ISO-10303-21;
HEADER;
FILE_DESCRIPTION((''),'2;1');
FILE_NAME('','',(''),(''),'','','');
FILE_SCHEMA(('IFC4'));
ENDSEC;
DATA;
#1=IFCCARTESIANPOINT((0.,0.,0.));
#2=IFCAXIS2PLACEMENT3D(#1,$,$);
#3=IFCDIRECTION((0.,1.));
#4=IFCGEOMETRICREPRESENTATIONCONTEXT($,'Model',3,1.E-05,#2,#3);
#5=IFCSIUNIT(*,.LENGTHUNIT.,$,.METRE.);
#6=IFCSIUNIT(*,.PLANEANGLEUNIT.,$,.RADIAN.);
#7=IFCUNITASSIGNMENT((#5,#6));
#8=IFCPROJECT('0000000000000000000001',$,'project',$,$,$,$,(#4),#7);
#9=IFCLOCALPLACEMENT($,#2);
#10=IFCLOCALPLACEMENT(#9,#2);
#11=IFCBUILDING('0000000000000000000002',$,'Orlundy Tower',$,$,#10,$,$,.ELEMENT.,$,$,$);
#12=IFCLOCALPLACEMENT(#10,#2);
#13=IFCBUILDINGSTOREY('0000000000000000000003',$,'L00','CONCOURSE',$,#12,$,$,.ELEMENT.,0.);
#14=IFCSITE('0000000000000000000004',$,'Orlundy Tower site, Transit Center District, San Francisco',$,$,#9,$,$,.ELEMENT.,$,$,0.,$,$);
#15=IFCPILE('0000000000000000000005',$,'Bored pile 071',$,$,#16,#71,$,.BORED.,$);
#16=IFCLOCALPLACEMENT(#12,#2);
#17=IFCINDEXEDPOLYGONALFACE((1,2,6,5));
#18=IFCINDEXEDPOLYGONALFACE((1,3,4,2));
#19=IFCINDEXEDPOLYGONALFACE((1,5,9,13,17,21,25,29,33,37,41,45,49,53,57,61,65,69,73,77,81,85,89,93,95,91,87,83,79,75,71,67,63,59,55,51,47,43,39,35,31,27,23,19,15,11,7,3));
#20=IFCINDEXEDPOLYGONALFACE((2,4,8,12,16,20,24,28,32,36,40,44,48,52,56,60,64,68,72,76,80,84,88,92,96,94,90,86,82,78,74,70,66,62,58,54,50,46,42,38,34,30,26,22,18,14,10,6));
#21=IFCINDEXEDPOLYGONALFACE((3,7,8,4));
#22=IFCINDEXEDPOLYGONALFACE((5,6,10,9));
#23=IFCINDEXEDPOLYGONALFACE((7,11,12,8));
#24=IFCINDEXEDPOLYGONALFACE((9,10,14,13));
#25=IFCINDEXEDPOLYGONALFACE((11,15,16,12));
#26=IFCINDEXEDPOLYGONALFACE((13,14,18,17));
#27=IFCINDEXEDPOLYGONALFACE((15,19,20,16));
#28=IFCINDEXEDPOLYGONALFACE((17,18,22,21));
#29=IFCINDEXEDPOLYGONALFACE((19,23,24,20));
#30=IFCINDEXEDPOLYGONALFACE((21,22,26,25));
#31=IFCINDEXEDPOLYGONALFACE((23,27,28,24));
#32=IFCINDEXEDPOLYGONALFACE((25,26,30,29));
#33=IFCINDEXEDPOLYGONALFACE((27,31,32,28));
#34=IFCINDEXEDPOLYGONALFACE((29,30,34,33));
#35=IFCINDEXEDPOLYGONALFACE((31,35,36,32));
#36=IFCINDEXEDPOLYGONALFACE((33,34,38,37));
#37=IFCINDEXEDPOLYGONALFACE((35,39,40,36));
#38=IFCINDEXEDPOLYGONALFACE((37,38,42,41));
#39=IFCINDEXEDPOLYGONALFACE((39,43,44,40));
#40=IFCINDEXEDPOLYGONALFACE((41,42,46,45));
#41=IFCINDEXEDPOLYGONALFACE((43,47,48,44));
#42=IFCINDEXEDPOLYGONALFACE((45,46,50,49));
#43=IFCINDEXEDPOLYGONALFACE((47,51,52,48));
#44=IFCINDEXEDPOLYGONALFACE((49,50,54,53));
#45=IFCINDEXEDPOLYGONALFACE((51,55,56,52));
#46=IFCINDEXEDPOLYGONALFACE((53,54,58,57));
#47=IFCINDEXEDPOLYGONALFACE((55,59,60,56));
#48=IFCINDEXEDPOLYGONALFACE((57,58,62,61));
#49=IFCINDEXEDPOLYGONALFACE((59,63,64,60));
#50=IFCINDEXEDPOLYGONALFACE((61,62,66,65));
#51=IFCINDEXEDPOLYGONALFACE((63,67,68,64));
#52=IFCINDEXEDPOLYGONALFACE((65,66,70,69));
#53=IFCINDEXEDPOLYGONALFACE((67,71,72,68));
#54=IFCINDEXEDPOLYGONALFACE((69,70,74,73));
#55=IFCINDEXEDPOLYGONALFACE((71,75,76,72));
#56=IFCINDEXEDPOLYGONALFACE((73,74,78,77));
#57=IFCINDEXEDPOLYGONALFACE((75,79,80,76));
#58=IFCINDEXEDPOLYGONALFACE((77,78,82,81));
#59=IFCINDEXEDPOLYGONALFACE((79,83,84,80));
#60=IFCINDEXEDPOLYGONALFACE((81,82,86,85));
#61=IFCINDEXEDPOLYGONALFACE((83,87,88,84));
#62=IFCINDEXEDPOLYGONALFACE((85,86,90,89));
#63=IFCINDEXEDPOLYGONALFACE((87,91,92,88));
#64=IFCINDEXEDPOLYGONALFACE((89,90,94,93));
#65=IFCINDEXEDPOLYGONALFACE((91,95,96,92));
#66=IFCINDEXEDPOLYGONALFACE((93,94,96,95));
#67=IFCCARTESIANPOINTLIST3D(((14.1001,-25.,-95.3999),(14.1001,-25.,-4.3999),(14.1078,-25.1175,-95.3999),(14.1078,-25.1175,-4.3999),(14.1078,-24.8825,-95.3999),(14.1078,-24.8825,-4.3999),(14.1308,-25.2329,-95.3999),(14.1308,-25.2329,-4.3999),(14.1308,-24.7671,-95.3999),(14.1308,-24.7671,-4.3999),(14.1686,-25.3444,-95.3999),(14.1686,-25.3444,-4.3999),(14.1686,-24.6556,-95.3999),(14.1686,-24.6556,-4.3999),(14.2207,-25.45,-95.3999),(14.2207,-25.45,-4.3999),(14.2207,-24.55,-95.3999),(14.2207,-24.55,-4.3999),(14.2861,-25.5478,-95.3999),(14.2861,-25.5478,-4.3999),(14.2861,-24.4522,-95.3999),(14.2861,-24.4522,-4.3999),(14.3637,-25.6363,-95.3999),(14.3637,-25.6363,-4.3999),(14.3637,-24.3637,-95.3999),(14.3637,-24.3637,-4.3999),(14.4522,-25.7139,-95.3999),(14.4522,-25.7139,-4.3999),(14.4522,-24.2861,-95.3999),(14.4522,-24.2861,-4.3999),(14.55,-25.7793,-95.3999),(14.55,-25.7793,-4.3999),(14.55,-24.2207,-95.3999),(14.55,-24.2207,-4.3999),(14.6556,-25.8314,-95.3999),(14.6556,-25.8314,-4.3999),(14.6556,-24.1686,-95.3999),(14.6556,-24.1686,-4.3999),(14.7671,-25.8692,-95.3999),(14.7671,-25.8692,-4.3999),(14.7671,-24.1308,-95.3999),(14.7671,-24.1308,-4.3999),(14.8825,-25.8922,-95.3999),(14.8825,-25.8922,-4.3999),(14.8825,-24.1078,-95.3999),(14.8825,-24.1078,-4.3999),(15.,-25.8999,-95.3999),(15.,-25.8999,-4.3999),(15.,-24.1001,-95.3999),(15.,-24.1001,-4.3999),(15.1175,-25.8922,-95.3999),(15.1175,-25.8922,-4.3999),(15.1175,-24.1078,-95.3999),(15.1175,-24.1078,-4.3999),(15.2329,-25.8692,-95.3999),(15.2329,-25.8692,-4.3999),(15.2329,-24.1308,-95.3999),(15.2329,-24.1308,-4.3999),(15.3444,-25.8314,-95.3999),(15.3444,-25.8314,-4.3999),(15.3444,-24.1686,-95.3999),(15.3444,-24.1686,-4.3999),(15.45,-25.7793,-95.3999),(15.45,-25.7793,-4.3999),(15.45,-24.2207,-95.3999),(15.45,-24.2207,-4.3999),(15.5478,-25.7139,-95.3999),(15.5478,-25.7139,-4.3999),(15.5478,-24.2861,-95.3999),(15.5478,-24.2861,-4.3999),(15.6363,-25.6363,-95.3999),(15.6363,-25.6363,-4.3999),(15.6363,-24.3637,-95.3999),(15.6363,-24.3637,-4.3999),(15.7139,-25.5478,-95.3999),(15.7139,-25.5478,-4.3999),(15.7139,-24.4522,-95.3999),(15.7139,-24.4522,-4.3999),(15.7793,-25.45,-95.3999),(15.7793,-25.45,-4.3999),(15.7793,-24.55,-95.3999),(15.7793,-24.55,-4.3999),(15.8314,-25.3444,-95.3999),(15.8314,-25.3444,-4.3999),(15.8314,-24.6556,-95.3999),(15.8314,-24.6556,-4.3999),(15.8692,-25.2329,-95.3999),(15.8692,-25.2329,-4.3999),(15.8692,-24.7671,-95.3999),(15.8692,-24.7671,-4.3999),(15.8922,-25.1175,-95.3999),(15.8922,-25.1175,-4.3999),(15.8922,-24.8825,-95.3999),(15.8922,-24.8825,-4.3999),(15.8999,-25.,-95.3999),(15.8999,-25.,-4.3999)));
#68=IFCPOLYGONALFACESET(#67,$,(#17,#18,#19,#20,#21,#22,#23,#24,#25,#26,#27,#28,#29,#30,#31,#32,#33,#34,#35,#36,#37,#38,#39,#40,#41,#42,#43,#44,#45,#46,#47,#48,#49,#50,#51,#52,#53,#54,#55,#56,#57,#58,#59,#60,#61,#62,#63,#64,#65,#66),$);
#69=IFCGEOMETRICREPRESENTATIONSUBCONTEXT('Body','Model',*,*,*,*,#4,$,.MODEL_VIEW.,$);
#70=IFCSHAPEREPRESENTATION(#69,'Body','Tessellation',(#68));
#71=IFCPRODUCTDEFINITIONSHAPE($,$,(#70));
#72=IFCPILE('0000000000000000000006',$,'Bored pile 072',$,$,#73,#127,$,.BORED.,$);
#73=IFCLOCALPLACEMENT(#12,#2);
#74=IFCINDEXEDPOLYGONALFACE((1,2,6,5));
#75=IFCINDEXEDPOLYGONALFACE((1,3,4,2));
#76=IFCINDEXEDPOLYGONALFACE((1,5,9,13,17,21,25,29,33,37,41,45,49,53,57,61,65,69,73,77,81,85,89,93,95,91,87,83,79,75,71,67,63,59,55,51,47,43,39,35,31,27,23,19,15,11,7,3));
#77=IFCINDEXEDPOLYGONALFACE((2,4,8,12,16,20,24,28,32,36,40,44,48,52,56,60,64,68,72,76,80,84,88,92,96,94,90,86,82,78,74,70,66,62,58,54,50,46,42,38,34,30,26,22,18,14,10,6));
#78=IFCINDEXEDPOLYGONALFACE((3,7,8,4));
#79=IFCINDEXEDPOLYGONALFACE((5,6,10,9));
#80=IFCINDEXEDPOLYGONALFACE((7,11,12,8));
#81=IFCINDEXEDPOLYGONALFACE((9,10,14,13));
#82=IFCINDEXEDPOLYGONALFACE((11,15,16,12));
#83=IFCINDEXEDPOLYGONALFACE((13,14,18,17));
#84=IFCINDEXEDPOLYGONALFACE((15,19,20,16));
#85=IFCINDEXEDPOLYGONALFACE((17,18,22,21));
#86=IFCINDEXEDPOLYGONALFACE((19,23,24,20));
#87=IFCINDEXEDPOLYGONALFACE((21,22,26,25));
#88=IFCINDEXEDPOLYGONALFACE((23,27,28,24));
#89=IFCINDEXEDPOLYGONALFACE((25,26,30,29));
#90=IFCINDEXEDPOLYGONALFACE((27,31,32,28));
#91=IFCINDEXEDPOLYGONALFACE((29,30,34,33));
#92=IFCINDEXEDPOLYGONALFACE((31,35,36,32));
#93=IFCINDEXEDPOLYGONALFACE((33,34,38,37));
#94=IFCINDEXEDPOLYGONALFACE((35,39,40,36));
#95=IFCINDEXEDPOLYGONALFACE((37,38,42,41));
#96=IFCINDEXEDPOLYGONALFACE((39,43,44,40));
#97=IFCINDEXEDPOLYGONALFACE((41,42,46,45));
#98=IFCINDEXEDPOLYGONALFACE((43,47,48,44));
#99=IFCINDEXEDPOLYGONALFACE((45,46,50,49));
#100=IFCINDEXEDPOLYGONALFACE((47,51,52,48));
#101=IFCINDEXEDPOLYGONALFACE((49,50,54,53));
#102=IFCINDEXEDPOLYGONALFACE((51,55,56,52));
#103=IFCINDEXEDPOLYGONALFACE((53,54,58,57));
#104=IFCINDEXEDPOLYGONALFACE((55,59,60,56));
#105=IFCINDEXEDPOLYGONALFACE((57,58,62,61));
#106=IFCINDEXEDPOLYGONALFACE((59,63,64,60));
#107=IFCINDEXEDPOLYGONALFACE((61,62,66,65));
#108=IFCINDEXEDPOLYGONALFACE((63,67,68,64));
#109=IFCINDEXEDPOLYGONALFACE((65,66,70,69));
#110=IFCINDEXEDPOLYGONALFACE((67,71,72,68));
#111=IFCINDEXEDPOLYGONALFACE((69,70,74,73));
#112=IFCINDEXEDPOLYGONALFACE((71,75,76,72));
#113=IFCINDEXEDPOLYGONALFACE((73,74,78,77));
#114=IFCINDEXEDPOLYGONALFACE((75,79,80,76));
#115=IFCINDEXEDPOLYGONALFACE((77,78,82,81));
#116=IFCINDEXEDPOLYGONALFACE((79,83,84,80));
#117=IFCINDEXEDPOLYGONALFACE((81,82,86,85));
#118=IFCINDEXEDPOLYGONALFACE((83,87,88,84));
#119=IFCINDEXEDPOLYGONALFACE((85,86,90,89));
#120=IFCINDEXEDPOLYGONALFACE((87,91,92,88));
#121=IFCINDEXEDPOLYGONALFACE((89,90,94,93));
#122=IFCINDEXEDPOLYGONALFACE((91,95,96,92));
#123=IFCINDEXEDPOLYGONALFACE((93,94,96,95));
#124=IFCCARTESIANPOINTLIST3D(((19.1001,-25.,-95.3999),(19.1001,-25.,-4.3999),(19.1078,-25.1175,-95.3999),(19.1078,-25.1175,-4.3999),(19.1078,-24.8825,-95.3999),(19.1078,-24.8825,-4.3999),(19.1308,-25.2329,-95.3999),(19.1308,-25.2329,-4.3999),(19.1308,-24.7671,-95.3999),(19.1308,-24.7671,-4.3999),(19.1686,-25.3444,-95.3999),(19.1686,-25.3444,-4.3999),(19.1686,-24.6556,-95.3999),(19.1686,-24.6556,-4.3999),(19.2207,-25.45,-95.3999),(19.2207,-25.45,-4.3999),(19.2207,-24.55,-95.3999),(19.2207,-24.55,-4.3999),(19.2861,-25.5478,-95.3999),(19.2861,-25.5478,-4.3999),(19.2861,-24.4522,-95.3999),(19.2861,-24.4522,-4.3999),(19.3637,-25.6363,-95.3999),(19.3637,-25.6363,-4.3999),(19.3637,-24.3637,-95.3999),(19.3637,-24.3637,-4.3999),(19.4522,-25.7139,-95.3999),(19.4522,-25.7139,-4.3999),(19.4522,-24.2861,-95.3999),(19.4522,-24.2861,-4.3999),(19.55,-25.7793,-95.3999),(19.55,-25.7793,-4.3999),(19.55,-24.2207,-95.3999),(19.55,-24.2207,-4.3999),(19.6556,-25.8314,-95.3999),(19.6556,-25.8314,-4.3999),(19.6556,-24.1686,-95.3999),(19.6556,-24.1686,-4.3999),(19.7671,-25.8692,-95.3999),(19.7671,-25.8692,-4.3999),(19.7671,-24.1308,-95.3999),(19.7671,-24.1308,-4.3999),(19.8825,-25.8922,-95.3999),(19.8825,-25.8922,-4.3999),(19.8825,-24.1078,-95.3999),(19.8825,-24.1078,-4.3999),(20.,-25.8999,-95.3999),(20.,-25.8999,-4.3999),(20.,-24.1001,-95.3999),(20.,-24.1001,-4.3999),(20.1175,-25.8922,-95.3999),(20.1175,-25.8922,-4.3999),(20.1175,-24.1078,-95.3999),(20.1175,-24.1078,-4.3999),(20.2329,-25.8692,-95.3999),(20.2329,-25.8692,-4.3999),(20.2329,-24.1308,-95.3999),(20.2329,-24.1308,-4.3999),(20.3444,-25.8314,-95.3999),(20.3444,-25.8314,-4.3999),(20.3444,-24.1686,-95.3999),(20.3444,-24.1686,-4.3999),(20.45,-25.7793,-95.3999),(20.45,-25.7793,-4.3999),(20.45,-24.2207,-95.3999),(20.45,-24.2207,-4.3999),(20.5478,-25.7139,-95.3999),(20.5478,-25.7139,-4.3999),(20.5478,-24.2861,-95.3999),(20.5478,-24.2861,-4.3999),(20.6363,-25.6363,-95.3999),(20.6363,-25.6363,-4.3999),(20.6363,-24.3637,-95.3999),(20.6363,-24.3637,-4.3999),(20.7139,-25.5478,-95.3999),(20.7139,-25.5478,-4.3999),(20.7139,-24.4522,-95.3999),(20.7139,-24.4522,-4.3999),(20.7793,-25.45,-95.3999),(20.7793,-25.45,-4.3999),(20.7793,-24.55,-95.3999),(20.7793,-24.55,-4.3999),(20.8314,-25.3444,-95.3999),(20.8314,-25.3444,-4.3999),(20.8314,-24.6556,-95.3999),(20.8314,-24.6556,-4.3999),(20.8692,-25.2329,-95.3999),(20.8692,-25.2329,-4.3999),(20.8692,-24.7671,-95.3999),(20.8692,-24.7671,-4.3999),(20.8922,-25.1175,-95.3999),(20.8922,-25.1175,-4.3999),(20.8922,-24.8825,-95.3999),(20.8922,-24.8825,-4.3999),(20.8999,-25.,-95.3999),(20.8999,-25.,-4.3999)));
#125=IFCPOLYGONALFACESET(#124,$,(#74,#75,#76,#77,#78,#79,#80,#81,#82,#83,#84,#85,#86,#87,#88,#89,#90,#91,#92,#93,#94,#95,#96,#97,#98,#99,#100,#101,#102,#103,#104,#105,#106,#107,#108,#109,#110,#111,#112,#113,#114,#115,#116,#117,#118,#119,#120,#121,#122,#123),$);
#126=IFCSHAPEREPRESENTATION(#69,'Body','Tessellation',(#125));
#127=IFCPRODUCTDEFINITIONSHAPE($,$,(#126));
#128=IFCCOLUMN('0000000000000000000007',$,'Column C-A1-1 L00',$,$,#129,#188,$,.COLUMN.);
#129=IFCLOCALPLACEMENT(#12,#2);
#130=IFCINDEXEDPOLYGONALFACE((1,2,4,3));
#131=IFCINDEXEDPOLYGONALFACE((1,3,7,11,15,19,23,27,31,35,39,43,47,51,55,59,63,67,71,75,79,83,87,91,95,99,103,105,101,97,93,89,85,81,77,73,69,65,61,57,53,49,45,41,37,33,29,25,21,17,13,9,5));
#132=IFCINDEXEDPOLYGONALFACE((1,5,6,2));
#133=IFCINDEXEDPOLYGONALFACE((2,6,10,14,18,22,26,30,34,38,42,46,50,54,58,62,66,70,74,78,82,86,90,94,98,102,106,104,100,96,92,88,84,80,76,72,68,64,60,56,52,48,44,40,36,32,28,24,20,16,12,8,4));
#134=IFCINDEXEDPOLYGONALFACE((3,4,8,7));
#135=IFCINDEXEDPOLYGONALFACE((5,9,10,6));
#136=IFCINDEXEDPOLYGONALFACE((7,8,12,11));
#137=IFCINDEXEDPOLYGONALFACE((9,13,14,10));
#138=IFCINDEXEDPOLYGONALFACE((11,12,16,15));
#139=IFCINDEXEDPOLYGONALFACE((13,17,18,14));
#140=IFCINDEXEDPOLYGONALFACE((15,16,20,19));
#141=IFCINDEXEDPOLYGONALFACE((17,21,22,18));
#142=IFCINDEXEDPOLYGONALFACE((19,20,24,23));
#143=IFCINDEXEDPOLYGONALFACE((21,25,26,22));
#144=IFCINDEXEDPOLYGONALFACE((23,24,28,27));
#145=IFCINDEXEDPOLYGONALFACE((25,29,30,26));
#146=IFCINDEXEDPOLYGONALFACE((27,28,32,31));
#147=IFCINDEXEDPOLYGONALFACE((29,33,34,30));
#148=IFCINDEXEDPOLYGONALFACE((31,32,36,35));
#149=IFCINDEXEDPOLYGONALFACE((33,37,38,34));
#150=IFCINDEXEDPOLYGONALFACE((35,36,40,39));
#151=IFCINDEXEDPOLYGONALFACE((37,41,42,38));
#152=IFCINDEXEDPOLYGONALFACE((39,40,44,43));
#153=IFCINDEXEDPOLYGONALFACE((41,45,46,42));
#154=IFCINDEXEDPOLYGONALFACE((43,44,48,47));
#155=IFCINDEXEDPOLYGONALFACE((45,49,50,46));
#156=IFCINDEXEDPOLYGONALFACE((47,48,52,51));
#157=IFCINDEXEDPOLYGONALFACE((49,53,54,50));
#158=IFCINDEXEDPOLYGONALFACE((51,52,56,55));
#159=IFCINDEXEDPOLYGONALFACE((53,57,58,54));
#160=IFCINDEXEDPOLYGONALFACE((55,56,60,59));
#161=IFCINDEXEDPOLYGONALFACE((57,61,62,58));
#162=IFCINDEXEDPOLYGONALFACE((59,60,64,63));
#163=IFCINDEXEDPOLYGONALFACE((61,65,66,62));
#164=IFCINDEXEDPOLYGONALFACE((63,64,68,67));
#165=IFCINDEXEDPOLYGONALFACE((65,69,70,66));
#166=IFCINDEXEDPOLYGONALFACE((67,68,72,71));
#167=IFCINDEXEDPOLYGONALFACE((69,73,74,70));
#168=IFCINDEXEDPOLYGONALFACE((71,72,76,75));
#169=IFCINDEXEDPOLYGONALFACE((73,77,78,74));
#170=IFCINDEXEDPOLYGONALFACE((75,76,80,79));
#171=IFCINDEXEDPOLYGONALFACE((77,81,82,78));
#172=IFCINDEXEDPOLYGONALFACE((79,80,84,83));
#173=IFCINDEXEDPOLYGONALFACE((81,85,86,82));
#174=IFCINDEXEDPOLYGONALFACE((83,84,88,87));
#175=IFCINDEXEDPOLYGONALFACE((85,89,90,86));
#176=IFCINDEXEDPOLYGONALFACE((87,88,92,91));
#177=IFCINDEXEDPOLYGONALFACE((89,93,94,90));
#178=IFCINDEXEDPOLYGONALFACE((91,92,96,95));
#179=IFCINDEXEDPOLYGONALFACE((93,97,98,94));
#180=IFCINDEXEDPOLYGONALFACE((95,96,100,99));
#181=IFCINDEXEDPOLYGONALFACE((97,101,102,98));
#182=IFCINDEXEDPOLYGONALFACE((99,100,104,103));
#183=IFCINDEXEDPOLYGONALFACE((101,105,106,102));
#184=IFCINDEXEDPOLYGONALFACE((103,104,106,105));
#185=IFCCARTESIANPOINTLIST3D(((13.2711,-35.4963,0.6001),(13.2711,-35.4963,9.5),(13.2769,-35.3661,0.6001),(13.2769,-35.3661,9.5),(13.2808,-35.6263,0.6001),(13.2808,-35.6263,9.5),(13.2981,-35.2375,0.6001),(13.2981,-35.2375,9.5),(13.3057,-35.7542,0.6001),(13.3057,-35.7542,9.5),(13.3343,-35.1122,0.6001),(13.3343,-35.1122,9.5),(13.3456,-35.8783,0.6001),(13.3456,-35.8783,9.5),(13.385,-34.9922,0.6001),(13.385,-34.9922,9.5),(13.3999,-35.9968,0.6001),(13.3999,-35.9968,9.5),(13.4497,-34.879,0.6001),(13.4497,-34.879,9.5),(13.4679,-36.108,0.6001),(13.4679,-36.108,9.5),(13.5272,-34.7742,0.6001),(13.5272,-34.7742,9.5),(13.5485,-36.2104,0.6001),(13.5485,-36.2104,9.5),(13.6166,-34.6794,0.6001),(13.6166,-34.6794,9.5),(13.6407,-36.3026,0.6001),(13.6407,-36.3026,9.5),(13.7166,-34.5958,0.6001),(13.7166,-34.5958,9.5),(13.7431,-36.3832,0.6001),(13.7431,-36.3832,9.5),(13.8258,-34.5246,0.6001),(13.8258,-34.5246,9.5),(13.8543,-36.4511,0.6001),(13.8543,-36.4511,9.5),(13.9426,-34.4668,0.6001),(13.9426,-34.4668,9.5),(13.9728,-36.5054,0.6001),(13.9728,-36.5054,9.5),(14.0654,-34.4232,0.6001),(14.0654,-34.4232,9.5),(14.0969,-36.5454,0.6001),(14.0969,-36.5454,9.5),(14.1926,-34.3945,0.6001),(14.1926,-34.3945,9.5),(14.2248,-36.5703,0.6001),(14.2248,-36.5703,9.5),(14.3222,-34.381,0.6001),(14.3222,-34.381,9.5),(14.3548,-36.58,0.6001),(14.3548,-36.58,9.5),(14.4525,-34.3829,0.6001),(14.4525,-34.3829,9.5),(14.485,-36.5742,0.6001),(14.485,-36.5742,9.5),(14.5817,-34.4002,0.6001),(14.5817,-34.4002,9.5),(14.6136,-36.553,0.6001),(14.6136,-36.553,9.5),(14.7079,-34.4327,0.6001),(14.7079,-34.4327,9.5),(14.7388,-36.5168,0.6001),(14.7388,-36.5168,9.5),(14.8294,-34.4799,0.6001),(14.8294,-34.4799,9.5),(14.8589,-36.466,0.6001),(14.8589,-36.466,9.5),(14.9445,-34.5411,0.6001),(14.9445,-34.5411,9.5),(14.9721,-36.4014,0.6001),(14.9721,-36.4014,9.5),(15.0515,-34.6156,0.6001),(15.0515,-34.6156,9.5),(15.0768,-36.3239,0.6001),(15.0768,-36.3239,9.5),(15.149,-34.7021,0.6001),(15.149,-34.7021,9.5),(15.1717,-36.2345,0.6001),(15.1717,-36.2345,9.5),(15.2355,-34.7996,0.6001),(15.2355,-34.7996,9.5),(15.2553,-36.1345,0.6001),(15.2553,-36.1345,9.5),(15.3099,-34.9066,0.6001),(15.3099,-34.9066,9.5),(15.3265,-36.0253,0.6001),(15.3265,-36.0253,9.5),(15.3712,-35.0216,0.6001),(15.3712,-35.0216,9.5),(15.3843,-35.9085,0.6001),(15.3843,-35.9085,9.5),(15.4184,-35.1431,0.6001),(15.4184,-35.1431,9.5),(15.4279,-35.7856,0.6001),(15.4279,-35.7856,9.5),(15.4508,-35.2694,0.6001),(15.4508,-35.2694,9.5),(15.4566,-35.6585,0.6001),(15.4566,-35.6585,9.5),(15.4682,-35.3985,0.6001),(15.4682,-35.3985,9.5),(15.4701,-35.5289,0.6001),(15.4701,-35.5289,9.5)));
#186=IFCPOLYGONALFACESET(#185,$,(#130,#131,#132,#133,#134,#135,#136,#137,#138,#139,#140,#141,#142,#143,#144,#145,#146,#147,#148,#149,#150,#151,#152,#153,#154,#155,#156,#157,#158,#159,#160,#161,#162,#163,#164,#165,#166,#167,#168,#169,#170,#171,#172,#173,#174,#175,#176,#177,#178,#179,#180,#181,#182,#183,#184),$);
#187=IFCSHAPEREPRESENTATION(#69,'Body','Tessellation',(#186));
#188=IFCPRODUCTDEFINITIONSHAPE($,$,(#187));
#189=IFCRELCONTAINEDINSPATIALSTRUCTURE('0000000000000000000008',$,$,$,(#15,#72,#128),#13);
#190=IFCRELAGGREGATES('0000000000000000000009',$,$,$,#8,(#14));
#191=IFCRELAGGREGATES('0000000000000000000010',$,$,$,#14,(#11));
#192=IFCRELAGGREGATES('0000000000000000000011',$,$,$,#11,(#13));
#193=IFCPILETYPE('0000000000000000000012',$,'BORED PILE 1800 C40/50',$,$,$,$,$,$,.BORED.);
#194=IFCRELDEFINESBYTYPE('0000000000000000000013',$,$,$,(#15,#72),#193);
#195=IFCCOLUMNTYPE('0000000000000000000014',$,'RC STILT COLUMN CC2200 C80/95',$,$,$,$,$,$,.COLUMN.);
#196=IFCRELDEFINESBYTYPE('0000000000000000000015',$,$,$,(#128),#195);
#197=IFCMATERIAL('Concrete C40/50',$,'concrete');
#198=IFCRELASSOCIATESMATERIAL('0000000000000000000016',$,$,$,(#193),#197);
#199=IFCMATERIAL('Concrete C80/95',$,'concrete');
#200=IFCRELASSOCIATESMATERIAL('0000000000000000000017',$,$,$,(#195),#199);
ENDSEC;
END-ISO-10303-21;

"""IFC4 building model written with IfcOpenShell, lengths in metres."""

from ifc_helpers import new_model, si_unit, direction, frame, origin, origin_2d, place, context, subcontext, project, spatial, circle, extrude, material, material_profile, profile_set, type_object, element, save


model = new_model("IFC4")

# Units and contexts
model_context = context("Model", 3, precision=1e-05, world=origin(), true_north=direction((0.0, 1.0)))
body_context = subcontext(model_context, "Body", "Model", "MODEL_VIEW")
ifc_project = project(units=[si_unit("LENGTHUNIT", "METRE"), si_unit("PLANEANGLEUNIT", "RADIAN")], contexts=[model_context])

# Site, building, storey
site_placement = place(None, origin())
site = spatial("IfcSite", under=ifc_project, at=site_placement, Name="Orlundy Tower site, Transit Center District, San Francisco", CompositionType="ELEMENT", RefElevation=0.0)
building_placement = place(site_placement, origin())
building = spatial("IfcBuilding", under=site, at=building_placement, Name="Orlundy Tower", CompositionType="ELEMENT")
storey_placement = place(building_placement, origin())
storey = spatial("IfcBuildingStorey", under=building, at=storey_placement, Name="L00", Description="CONCOURSE", CompositionType="ELEMENT", Elevation=0.0)

# Piles
ifc_material_1 = material(Name="Concrete C40/50", Category="concrete")
ifc_material_profile_1 = material_profile(ifc_material_1, circle(Radius=0.8999, at=origin_2d()), Name="BP1800")
ifc_profile_set_1 = profile_set([ifc_material_profile_1], Name="Concrete C40/50")
pile_type = type_object("IfcPileType", Name="BORED PILE 1800 C40/50", PredefinedType="BORED", material=ifc_profile_set_1)
for number, where, z_axis, x_axis, name in (
    (1, (15.0, -25.0, -4.3999), (0.0, 0.0, -1.0), (1.0, 0.0, 0.0), "Bored pile 071"),
    (2, (20.0, -25.0, -4.3999), (0.0, 0.0, -1.0), (1.0, 0.0, 0.0), "Bored pile 072"),
):
    element("IfcPile", number, at=place(storey_placement, frame(where, z_axis=z_axis, x_axis=x_axis)), inside=storey, type_object=pile_type, Name=name, PredefinedType="BORED", context=body_context, shape_type="SweptSolid", body=[
        extrude(circle(Radius=0.8999, at=origin_2d()), origin(), (0.0, 0.0, 1.0), 91.0),
    ])

# Column
ifc_material_2 = material(Name="Concrete C80/95", Category="concrete")
ifc_material_profile_2 = material_profile(ifc_material_2, circle(Radius=1.1001, at=origin_2d()), Name="CC2200")
ifc_profile_set_2 = profile_set([ifc_material_profile_2], Name="Concrete C80/95")
column_type_1 = type_object("IfcColumnType", Name="RC STILT COLUMN CC2200 C80/95", PredefinedType="COLUMN", material=ifc_profile_set_2)
for number, where, z_axis, x_axis, name in (
    (3, (14.3711, -35.48, 0.6001), (0.0, 0.0, 1.0), (0.707107, 0.707107, 0.0), "Column C-A1-1 L00"),
):
    element("IfcColumn", number, at=place(storey_placement, frame(where, z_axis=z_axis, x_axis=x_axis)), inside=storey, type_object=column_type_1, Name=name, PredefinedType="COLUMN", context=body_context, shape_type="SweptSolid", body=[
        extrude(circle(Radius=1.1001, at=origin_2d()), origin(), (0.0, 0.0, 1.0), 8.8999),
    ])

save(model, "model.ifc")
